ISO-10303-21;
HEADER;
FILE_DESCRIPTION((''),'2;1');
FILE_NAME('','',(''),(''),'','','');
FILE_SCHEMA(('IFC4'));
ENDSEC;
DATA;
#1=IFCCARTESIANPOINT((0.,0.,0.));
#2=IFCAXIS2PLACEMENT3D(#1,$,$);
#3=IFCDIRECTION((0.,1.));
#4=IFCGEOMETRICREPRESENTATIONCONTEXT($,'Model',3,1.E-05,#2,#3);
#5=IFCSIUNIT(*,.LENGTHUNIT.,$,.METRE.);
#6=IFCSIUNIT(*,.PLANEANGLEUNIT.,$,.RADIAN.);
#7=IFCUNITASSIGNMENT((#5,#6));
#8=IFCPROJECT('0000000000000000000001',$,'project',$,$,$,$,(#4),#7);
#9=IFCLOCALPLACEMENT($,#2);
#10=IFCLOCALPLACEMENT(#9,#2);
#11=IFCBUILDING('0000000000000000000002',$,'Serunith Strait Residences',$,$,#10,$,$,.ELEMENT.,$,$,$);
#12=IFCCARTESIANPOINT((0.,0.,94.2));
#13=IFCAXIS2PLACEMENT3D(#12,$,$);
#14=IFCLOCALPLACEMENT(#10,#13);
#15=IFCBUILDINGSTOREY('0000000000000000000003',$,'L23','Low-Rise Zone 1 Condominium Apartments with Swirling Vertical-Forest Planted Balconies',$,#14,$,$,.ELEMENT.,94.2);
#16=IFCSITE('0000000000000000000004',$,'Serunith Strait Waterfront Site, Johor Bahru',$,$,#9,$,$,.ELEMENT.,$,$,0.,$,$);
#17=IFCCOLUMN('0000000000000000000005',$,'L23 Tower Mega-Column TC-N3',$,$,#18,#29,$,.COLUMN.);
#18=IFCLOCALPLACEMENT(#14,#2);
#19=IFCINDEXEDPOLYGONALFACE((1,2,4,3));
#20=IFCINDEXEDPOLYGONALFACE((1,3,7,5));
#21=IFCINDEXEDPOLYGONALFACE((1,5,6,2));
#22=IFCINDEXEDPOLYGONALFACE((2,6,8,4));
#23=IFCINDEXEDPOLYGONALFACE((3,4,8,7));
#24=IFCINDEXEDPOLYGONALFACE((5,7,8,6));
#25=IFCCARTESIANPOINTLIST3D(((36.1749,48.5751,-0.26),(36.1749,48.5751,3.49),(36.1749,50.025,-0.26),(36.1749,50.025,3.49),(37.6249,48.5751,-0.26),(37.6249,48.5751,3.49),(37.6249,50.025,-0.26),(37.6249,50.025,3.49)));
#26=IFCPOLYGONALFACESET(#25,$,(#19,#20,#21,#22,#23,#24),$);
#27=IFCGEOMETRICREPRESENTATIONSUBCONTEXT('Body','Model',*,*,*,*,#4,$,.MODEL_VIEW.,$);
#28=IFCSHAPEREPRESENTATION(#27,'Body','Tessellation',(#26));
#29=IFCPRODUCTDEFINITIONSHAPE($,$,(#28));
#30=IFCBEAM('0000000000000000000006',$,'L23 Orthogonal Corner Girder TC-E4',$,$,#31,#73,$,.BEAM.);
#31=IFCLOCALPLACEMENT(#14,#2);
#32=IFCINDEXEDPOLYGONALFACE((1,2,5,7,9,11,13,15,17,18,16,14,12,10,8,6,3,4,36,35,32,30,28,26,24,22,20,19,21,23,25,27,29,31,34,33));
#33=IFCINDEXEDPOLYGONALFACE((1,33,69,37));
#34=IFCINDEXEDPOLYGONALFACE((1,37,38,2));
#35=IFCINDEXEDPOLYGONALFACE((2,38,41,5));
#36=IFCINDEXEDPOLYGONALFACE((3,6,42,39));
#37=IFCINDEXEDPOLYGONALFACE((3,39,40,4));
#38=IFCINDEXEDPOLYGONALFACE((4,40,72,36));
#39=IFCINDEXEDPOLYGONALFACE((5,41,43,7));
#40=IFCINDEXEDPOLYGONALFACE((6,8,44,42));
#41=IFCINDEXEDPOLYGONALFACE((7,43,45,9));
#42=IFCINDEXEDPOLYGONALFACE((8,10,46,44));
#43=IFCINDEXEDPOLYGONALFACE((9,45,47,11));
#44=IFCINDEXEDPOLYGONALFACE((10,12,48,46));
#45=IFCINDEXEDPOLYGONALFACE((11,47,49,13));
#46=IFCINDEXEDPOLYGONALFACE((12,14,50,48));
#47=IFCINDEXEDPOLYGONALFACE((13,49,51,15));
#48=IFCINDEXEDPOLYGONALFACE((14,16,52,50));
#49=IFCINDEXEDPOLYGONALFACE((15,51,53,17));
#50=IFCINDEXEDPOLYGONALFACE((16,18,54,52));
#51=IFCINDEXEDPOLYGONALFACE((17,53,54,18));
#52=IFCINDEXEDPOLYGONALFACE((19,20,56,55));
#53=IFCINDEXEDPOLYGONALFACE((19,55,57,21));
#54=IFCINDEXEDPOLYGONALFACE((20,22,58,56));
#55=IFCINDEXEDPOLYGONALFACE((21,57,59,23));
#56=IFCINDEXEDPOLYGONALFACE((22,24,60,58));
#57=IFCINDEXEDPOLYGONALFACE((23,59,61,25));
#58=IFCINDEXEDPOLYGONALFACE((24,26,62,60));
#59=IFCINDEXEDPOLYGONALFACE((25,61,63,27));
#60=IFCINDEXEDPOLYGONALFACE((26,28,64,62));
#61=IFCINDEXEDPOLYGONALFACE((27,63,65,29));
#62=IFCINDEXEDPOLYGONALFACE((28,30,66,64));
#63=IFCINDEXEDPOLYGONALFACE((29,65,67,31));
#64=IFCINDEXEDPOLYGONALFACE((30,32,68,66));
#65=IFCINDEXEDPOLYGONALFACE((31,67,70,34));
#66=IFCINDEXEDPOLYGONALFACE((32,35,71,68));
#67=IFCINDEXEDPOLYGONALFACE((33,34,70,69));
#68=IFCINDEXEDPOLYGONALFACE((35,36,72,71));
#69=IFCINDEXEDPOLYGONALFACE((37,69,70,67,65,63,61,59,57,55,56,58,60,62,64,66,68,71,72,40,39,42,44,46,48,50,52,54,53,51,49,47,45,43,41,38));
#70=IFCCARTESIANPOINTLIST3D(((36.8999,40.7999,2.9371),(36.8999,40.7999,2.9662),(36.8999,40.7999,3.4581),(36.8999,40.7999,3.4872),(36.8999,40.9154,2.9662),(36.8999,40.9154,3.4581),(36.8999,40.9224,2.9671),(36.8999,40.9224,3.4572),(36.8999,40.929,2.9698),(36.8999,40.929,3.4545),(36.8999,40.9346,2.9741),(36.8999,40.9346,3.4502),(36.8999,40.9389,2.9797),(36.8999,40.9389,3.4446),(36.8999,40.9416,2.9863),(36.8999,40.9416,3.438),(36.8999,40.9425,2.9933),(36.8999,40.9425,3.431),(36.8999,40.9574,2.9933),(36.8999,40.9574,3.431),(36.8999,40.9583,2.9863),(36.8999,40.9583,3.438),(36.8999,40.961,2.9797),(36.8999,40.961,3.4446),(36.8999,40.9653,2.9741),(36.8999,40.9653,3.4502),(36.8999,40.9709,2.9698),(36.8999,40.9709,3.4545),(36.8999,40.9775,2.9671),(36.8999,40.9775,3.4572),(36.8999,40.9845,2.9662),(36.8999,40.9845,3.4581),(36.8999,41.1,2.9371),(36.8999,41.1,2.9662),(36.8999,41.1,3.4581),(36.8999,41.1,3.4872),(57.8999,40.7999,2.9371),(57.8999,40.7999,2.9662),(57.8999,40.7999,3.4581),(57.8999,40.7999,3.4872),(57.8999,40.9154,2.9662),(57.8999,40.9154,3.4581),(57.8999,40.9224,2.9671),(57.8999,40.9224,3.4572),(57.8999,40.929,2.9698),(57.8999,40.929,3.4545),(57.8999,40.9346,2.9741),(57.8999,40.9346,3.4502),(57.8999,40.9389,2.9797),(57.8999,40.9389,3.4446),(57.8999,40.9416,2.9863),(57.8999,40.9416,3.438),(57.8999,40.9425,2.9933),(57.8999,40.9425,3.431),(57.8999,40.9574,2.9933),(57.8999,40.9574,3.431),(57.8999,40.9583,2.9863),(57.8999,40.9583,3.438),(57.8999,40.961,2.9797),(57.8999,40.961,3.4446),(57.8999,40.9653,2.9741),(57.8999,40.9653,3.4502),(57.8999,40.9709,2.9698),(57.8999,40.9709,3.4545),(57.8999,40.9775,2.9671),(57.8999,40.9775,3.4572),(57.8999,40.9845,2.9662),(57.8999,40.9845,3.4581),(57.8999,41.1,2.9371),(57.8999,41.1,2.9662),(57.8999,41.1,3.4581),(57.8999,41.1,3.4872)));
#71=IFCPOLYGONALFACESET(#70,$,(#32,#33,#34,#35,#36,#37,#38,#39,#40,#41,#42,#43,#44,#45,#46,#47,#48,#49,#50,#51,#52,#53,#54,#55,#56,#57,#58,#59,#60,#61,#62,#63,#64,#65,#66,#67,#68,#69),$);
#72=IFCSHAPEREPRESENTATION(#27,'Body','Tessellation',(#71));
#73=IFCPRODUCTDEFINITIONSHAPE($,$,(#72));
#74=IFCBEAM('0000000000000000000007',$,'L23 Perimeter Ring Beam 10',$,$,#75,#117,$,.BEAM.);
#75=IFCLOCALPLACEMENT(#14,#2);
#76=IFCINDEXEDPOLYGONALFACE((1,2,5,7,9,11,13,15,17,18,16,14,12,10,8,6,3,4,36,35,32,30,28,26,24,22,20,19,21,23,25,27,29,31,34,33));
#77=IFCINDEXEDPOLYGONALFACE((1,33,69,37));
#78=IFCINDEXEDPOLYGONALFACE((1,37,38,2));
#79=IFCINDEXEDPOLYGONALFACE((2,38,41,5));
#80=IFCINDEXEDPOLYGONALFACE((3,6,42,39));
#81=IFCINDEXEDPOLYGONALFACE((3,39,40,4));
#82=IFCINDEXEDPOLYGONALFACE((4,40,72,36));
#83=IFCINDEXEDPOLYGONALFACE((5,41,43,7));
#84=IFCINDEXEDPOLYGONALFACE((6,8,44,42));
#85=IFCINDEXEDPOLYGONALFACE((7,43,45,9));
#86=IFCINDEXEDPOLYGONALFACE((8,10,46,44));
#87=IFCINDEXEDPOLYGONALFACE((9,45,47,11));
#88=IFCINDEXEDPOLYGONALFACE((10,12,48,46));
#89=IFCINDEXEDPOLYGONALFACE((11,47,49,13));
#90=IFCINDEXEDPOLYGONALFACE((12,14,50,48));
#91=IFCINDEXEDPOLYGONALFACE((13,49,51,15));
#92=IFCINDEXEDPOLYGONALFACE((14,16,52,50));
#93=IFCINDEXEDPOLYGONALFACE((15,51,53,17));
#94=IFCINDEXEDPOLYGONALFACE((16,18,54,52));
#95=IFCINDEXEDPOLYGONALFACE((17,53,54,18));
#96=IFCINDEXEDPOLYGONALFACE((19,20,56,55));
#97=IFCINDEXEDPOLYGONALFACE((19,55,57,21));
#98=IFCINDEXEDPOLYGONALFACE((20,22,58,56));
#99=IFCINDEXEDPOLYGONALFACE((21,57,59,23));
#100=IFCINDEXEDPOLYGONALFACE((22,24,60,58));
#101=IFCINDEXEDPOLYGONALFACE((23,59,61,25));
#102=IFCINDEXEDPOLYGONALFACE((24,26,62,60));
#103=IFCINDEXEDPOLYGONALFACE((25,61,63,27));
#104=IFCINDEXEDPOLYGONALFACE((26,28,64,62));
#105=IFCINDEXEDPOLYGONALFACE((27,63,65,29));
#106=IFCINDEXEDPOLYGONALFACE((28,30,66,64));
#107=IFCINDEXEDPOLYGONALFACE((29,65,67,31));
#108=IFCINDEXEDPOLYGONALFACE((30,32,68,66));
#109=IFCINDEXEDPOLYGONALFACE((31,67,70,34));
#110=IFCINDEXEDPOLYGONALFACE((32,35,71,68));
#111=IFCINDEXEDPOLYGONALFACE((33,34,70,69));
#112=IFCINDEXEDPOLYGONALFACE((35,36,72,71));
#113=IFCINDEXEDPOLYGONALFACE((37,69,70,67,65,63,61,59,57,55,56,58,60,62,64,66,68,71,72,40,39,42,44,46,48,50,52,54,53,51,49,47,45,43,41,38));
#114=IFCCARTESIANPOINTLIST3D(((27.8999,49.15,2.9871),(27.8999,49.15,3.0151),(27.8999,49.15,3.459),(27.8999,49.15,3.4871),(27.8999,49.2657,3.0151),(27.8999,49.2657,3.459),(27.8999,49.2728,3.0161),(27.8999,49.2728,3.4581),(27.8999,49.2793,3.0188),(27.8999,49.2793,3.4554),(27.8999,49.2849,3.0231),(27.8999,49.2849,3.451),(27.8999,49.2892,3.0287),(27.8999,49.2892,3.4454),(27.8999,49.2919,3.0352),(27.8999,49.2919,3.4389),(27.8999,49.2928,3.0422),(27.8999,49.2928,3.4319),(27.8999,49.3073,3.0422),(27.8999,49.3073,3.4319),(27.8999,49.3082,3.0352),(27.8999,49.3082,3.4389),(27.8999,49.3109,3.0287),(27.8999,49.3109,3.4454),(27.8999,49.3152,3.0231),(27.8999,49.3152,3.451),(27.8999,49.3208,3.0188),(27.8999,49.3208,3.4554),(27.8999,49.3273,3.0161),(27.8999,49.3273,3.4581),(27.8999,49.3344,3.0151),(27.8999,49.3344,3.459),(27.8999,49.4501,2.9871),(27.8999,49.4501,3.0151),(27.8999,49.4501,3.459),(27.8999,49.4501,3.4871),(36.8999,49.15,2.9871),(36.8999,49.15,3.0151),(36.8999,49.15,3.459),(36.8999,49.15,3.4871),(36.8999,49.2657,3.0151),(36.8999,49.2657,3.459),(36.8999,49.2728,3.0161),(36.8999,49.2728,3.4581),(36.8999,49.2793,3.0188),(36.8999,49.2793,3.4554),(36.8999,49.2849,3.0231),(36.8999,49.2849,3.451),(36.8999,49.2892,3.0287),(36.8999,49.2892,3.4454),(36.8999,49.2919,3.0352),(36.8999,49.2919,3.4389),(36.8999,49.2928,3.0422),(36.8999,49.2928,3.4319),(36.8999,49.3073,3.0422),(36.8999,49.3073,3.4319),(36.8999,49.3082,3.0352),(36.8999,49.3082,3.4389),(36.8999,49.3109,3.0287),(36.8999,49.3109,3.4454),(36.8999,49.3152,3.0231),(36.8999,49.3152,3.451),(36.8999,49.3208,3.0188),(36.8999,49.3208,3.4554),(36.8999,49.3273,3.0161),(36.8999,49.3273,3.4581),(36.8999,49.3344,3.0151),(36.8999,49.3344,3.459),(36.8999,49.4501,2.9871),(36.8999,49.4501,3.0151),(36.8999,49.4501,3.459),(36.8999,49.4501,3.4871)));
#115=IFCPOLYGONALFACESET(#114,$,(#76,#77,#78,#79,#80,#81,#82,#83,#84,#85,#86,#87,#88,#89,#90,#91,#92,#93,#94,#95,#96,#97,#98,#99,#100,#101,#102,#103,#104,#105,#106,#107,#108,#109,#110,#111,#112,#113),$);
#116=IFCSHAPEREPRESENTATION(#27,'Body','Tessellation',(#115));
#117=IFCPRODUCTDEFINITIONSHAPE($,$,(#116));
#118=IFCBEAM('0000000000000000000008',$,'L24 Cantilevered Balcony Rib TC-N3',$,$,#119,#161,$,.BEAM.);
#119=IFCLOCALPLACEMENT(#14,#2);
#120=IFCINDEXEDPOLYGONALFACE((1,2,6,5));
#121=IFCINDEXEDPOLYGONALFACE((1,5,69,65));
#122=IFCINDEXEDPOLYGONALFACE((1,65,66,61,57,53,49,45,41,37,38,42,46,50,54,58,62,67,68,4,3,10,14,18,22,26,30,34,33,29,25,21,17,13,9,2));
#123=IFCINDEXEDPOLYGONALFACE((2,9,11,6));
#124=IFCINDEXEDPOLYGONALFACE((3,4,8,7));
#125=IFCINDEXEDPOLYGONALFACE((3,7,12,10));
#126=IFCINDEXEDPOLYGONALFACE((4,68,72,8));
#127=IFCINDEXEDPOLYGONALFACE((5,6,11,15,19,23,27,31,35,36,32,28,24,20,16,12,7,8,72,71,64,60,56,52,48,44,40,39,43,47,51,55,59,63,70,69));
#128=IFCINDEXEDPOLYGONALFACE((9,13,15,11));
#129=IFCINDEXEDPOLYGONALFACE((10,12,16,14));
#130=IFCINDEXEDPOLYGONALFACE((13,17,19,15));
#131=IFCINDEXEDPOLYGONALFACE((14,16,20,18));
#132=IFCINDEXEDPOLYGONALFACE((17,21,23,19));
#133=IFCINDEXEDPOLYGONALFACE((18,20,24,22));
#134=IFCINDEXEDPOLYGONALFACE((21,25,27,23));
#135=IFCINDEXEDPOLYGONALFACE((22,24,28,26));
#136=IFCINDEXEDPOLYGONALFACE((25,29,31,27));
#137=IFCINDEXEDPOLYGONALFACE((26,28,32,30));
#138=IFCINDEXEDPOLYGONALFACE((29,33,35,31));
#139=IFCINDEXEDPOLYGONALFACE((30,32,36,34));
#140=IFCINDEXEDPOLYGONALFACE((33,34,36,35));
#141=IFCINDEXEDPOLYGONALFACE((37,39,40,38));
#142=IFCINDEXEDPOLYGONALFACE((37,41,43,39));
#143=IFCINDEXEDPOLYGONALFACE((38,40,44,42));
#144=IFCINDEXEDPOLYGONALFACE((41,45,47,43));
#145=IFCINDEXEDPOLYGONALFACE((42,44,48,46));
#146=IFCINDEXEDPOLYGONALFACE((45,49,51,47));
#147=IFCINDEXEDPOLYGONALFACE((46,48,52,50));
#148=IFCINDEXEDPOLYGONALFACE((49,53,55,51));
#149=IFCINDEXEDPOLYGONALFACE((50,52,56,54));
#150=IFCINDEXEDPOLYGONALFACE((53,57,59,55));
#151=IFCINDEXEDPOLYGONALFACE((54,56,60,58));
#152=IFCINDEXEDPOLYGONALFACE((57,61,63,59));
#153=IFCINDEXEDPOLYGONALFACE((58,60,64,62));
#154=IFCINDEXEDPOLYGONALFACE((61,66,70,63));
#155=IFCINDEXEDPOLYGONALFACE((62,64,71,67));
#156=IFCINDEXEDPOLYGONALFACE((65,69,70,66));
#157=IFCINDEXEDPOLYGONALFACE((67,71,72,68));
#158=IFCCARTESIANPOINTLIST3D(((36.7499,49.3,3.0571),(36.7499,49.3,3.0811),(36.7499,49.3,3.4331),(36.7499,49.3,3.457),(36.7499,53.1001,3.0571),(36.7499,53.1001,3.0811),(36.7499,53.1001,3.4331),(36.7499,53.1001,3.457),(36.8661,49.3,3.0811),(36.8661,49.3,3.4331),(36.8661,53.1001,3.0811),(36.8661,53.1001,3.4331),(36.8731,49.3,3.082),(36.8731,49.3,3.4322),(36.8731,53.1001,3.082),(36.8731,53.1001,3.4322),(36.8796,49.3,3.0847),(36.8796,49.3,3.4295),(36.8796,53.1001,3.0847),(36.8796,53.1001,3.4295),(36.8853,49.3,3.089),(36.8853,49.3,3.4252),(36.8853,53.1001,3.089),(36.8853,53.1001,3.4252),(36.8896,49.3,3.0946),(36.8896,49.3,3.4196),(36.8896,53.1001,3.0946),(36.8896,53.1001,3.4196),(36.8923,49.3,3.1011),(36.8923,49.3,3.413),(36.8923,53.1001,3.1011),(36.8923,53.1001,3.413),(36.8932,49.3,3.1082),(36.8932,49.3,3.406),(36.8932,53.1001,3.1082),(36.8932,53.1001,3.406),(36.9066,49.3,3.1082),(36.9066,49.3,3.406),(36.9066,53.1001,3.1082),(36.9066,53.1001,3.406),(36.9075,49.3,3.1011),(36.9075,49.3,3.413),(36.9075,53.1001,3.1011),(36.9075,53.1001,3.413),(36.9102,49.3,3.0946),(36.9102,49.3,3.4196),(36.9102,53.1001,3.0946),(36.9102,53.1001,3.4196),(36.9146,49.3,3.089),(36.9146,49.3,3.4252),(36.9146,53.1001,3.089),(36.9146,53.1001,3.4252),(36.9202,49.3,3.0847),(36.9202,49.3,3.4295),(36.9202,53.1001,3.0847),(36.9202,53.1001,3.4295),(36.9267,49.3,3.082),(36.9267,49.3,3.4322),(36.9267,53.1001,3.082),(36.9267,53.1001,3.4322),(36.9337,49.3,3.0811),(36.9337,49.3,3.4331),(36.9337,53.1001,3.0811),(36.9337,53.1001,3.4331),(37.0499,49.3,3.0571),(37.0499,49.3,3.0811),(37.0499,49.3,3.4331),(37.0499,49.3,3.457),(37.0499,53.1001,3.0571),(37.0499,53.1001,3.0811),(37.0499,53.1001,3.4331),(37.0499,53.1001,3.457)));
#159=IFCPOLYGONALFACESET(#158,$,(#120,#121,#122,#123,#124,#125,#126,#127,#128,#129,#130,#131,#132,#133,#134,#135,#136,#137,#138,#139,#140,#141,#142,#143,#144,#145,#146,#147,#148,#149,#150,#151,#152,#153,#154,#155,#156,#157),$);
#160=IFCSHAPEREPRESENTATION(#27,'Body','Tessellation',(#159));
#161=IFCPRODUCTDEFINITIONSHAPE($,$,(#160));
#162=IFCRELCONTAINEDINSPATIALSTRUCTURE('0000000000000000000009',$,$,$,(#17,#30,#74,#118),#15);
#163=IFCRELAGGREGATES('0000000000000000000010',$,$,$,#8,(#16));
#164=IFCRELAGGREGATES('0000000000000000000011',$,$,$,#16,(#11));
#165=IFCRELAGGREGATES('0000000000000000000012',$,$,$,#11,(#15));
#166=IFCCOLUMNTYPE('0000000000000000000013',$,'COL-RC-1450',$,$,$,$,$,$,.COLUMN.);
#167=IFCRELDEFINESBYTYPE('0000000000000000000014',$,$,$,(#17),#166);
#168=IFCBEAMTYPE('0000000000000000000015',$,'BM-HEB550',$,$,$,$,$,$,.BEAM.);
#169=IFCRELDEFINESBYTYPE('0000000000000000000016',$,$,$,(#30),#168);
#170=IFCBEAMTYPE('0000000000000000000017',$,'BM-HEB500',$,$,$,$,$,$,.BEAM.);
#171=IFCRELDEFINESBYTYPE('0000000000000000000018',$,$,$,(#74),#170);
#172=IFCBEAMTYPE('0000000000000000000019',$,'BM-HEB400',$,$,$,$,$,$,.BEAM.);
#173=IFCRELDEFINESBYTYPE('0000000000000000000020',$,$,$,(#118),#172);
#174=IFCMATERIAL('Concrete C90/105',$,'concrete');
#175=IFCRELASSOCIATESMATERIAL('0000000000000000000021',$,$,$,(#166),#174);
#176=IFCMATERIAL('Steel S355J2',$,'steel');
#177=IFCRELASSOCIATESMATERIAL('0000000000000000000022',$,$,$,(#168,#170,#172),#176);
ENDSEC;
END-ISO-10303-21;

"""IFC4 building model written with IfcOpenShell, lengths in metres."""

from ifc_helpers import new_model, si_unit, direction, frame, origin, origin_2d, place, context, subcontext, project, spatial, rectangle, i_section, extrude, source, transform, mapped, material, material_profile, profile_set, type_object, element, save


model = new_model("IFC4")

# Units and contexts
model_context = context("Model", 3, precision=1e-05, world=origin(), true_north=direction((0.0, 1.0)))
body_context = subcontext(model_context, "Body", "Model", "MODEL_VIEW")
ifc_project = project(units=[si_unit("LENGTHUNIT", "METRE"), si_unit("PLANEANGLEUNIT", "RADIAN")], contexts=[model_context])

# Site, building, storey
site_placement = place(None, origin())
site = spatial("IfcSite", under=ifc_project, at=site_placement, Name="Serunith Strait Waterfront Site, Johor Bahru", CompositionType="ELEMENT", RefElevation=0.0)
building_placement = place(site_placement, origin())
building = spatial("IfcBuilding", under=site, at=building_placement, Name="Serunith Strait Residences", CompositionType="ELEMENT")
storey_placement = place(building_placement, frame((0.0, 0.0, 94.2)))
storey = spatial("IfcBuildingStorey", under=building, at=storey_placement, Name="L23", Description="Low-Rise Zone 1 Condominium Apartments with Swirling Vertical-Forest Planted Balconies", CompositionType="ELEMENT", Elevation=94.2)

# Column
ifc_material_1 = material(Name="Concrete C90/105", Category="concrete")
ifc_material_profile_1 = material_profile(ifc_material_1, rectangle(XDim=1.45, YDim=1.45, at=origin_2d()), Name="RC 1450x1450")
ifc_profile_set_1 = profile_set([ifc_material_profile_1], Name="Concrete C90/105")
column_type = type_object("IfcColumnType", Name="COL-RC-1450", PredefinedType="COLUMN", material=ifc_profile_set_1)
shared_shape_1 = source(origin(), body_context, "Body", "SweptSolid", [
    extrude(rectangle(XDim=1.45, YDim=1.45, at=origin_2d()), origin(), (0.0, 0.0, 1.0), 3.75),
])
column_placement = place(storey_placement, frame((36.8999, 49.3, -0.26), z_axis=(0.0, 0.0, 1.0), x_axis=(1.0, 0.0, 0.0)))
element("IfcColumn", 1, at=column_placement, inside=storey, type_object=column_type, Name="L23 Tower Mega-Column TC-N3", PredefinedType="COLUMN", context=body_context, shape_type="MappedRepresentation", body=[
    mapped(shared_shape_1, transform((0.0, 0.0, 0.0), scale=1.0)),
])

# Beams
ifc_material_2 = material(Name="Steel S355J2", Category="steel")
ifc_material_profile_2 = material_profile(ifc_material_2, i_section(OverallWidth=0.3, OverallDepth=0.55, WebThickness=0.0149, FlangeThickness=0.0291, FilletRadius=0.0271, at=origin_2d()), Name="HEB 550")
ifc_profile_set_2 = profile_set([ifc_material_profile_2], Name="Steel S355J2")
beam_type_1 = type_object("IfcBeamType", Name="BM-HEB550", PredefinedType="BEAM", material=ifc_profile_set_2)
shared_shape_2 = source(origin(), body_context, "Body", "SweptSolid", [
    extrude(i_section(OverallWidth=0.3, OverallDepth=0.55, WebThickness=0.0149, FlangeThickness=0.0291, FilletRadius=0.0271, at=origin_2d()), origin(), (0.0, 0.0, 1.0), 21.0),
])
beam_1_placement = place(storey_placement, frame((36.8999, 40.95, 3.2122), z_axis=(1.0, 0.0, 0.0), x_axis=(0.0, 1.0, 0.0)))
element("IfcBeam", 2, at=beam_1_placement, inside=storey, type_object=beam_type_1, Name="L23 Orthogonal Corner Girder TC-E4", PredefinedType="BEAM", context=body_context, shape_type="MappedRepresentation", body=[
    mapped(shared_shape_2, transform((0.0, 0.0, 0.0), scale=1.0)),
])
ifc_material_profile_3 = material_profile(ifc_material_2, i_section(OverallWidth=0.3, OverallDepth=0.5, WebThickness=0.0144, FlangeThickness=0.0281, FilletRadius=0.0271, at=origin_2d()), Name="HEB 500")
ifc_profile_set_3 = profile_set([ifc_material_profile_3], Name="Steel S355J2")
beam_type_2 = type_object("IfcBeamType", Name="BM-HEB500", PredefinedType="BEAM", material=ifc_profile_set_3)
shared_shape_3 = source(origin(), body_context, "Body", "SweptSolid", [
    extrude(i_section(OverallWidth=0.3, OverallDepth=0.5, WebThickness=0.0144, FlangeThickness=0.0281, FilletRadius=0.0271, at=origin_2d()), origin(), (0.0, 0.0, 1.0), 9.0),
])
beam_2_placement = place(storey_placement, frame((36.8999, 49.3, 3.2371), z_axis=(-1.0, 0.0, 0.0), x_axis=(0.0, -1.0, 0.0)))
element("IfcBeam", 3, at=beam_2_placement, inside=storey, type_object=beam_type_2, Name="L23 Perimeter Ring Beam 10", PredefinedType="BEAM", context=body_context, shape_type="MappedRepresentation", body=[
    mapped(shared_shape_3, transform((0.0, 0.0, 0.0), scale=1.0)),
])
ifc_material_profile_4 = material_profile(ifc_material_2, i_section(OverallWidth=0.3, OverallDepth=0.3999, WebThickness=0.0134, FlangeThickness=0.0239, FilletRadius=0.0271, at=origin_2d()), Name="HEB 400")
ifc_profile_set_4 = profile_set([ifc_material_profile_4], Name="Steel S355J2")
beam_type_3 = type_object("IfcBeamType", Name="BM-HEB400", PredefinedType="BEAM", material=ifc_profile_set_4)
shared_shape_4 = source(origin(), body_context, "Body", "SweptSolid", [
    extrude(i_section(OverallWidth=0.3, OverallDepth=0.3999, WebThickness=0.0134, FlangeThickness=0.0239, FilletRadius=0.0271, at=origin_2d()), origin(), (0.0, 0.0, 1.0), 3.8),
])
beam_3_placement = place(storey_placement, frame((36.8999, 49.3, 3.2571), z_axis=(0.0, 1.0, 0.0), x_axis=(-1.0, 0.0, 0.0)))
element("IfcBeam", 4, at=beam_3_placement, inside=storey, type_object=beam_type_3, Name="L24 Cantilevered Balcony Rib TC-N3", PredefinedType="BEAM", context=body_context, shape_type="MappedRepresentation", body=[
    mapped(shared_shape_4, transform((0.0, 0.0, 0.0), scale=1.0)),
])

save(model, "model.ifc")
